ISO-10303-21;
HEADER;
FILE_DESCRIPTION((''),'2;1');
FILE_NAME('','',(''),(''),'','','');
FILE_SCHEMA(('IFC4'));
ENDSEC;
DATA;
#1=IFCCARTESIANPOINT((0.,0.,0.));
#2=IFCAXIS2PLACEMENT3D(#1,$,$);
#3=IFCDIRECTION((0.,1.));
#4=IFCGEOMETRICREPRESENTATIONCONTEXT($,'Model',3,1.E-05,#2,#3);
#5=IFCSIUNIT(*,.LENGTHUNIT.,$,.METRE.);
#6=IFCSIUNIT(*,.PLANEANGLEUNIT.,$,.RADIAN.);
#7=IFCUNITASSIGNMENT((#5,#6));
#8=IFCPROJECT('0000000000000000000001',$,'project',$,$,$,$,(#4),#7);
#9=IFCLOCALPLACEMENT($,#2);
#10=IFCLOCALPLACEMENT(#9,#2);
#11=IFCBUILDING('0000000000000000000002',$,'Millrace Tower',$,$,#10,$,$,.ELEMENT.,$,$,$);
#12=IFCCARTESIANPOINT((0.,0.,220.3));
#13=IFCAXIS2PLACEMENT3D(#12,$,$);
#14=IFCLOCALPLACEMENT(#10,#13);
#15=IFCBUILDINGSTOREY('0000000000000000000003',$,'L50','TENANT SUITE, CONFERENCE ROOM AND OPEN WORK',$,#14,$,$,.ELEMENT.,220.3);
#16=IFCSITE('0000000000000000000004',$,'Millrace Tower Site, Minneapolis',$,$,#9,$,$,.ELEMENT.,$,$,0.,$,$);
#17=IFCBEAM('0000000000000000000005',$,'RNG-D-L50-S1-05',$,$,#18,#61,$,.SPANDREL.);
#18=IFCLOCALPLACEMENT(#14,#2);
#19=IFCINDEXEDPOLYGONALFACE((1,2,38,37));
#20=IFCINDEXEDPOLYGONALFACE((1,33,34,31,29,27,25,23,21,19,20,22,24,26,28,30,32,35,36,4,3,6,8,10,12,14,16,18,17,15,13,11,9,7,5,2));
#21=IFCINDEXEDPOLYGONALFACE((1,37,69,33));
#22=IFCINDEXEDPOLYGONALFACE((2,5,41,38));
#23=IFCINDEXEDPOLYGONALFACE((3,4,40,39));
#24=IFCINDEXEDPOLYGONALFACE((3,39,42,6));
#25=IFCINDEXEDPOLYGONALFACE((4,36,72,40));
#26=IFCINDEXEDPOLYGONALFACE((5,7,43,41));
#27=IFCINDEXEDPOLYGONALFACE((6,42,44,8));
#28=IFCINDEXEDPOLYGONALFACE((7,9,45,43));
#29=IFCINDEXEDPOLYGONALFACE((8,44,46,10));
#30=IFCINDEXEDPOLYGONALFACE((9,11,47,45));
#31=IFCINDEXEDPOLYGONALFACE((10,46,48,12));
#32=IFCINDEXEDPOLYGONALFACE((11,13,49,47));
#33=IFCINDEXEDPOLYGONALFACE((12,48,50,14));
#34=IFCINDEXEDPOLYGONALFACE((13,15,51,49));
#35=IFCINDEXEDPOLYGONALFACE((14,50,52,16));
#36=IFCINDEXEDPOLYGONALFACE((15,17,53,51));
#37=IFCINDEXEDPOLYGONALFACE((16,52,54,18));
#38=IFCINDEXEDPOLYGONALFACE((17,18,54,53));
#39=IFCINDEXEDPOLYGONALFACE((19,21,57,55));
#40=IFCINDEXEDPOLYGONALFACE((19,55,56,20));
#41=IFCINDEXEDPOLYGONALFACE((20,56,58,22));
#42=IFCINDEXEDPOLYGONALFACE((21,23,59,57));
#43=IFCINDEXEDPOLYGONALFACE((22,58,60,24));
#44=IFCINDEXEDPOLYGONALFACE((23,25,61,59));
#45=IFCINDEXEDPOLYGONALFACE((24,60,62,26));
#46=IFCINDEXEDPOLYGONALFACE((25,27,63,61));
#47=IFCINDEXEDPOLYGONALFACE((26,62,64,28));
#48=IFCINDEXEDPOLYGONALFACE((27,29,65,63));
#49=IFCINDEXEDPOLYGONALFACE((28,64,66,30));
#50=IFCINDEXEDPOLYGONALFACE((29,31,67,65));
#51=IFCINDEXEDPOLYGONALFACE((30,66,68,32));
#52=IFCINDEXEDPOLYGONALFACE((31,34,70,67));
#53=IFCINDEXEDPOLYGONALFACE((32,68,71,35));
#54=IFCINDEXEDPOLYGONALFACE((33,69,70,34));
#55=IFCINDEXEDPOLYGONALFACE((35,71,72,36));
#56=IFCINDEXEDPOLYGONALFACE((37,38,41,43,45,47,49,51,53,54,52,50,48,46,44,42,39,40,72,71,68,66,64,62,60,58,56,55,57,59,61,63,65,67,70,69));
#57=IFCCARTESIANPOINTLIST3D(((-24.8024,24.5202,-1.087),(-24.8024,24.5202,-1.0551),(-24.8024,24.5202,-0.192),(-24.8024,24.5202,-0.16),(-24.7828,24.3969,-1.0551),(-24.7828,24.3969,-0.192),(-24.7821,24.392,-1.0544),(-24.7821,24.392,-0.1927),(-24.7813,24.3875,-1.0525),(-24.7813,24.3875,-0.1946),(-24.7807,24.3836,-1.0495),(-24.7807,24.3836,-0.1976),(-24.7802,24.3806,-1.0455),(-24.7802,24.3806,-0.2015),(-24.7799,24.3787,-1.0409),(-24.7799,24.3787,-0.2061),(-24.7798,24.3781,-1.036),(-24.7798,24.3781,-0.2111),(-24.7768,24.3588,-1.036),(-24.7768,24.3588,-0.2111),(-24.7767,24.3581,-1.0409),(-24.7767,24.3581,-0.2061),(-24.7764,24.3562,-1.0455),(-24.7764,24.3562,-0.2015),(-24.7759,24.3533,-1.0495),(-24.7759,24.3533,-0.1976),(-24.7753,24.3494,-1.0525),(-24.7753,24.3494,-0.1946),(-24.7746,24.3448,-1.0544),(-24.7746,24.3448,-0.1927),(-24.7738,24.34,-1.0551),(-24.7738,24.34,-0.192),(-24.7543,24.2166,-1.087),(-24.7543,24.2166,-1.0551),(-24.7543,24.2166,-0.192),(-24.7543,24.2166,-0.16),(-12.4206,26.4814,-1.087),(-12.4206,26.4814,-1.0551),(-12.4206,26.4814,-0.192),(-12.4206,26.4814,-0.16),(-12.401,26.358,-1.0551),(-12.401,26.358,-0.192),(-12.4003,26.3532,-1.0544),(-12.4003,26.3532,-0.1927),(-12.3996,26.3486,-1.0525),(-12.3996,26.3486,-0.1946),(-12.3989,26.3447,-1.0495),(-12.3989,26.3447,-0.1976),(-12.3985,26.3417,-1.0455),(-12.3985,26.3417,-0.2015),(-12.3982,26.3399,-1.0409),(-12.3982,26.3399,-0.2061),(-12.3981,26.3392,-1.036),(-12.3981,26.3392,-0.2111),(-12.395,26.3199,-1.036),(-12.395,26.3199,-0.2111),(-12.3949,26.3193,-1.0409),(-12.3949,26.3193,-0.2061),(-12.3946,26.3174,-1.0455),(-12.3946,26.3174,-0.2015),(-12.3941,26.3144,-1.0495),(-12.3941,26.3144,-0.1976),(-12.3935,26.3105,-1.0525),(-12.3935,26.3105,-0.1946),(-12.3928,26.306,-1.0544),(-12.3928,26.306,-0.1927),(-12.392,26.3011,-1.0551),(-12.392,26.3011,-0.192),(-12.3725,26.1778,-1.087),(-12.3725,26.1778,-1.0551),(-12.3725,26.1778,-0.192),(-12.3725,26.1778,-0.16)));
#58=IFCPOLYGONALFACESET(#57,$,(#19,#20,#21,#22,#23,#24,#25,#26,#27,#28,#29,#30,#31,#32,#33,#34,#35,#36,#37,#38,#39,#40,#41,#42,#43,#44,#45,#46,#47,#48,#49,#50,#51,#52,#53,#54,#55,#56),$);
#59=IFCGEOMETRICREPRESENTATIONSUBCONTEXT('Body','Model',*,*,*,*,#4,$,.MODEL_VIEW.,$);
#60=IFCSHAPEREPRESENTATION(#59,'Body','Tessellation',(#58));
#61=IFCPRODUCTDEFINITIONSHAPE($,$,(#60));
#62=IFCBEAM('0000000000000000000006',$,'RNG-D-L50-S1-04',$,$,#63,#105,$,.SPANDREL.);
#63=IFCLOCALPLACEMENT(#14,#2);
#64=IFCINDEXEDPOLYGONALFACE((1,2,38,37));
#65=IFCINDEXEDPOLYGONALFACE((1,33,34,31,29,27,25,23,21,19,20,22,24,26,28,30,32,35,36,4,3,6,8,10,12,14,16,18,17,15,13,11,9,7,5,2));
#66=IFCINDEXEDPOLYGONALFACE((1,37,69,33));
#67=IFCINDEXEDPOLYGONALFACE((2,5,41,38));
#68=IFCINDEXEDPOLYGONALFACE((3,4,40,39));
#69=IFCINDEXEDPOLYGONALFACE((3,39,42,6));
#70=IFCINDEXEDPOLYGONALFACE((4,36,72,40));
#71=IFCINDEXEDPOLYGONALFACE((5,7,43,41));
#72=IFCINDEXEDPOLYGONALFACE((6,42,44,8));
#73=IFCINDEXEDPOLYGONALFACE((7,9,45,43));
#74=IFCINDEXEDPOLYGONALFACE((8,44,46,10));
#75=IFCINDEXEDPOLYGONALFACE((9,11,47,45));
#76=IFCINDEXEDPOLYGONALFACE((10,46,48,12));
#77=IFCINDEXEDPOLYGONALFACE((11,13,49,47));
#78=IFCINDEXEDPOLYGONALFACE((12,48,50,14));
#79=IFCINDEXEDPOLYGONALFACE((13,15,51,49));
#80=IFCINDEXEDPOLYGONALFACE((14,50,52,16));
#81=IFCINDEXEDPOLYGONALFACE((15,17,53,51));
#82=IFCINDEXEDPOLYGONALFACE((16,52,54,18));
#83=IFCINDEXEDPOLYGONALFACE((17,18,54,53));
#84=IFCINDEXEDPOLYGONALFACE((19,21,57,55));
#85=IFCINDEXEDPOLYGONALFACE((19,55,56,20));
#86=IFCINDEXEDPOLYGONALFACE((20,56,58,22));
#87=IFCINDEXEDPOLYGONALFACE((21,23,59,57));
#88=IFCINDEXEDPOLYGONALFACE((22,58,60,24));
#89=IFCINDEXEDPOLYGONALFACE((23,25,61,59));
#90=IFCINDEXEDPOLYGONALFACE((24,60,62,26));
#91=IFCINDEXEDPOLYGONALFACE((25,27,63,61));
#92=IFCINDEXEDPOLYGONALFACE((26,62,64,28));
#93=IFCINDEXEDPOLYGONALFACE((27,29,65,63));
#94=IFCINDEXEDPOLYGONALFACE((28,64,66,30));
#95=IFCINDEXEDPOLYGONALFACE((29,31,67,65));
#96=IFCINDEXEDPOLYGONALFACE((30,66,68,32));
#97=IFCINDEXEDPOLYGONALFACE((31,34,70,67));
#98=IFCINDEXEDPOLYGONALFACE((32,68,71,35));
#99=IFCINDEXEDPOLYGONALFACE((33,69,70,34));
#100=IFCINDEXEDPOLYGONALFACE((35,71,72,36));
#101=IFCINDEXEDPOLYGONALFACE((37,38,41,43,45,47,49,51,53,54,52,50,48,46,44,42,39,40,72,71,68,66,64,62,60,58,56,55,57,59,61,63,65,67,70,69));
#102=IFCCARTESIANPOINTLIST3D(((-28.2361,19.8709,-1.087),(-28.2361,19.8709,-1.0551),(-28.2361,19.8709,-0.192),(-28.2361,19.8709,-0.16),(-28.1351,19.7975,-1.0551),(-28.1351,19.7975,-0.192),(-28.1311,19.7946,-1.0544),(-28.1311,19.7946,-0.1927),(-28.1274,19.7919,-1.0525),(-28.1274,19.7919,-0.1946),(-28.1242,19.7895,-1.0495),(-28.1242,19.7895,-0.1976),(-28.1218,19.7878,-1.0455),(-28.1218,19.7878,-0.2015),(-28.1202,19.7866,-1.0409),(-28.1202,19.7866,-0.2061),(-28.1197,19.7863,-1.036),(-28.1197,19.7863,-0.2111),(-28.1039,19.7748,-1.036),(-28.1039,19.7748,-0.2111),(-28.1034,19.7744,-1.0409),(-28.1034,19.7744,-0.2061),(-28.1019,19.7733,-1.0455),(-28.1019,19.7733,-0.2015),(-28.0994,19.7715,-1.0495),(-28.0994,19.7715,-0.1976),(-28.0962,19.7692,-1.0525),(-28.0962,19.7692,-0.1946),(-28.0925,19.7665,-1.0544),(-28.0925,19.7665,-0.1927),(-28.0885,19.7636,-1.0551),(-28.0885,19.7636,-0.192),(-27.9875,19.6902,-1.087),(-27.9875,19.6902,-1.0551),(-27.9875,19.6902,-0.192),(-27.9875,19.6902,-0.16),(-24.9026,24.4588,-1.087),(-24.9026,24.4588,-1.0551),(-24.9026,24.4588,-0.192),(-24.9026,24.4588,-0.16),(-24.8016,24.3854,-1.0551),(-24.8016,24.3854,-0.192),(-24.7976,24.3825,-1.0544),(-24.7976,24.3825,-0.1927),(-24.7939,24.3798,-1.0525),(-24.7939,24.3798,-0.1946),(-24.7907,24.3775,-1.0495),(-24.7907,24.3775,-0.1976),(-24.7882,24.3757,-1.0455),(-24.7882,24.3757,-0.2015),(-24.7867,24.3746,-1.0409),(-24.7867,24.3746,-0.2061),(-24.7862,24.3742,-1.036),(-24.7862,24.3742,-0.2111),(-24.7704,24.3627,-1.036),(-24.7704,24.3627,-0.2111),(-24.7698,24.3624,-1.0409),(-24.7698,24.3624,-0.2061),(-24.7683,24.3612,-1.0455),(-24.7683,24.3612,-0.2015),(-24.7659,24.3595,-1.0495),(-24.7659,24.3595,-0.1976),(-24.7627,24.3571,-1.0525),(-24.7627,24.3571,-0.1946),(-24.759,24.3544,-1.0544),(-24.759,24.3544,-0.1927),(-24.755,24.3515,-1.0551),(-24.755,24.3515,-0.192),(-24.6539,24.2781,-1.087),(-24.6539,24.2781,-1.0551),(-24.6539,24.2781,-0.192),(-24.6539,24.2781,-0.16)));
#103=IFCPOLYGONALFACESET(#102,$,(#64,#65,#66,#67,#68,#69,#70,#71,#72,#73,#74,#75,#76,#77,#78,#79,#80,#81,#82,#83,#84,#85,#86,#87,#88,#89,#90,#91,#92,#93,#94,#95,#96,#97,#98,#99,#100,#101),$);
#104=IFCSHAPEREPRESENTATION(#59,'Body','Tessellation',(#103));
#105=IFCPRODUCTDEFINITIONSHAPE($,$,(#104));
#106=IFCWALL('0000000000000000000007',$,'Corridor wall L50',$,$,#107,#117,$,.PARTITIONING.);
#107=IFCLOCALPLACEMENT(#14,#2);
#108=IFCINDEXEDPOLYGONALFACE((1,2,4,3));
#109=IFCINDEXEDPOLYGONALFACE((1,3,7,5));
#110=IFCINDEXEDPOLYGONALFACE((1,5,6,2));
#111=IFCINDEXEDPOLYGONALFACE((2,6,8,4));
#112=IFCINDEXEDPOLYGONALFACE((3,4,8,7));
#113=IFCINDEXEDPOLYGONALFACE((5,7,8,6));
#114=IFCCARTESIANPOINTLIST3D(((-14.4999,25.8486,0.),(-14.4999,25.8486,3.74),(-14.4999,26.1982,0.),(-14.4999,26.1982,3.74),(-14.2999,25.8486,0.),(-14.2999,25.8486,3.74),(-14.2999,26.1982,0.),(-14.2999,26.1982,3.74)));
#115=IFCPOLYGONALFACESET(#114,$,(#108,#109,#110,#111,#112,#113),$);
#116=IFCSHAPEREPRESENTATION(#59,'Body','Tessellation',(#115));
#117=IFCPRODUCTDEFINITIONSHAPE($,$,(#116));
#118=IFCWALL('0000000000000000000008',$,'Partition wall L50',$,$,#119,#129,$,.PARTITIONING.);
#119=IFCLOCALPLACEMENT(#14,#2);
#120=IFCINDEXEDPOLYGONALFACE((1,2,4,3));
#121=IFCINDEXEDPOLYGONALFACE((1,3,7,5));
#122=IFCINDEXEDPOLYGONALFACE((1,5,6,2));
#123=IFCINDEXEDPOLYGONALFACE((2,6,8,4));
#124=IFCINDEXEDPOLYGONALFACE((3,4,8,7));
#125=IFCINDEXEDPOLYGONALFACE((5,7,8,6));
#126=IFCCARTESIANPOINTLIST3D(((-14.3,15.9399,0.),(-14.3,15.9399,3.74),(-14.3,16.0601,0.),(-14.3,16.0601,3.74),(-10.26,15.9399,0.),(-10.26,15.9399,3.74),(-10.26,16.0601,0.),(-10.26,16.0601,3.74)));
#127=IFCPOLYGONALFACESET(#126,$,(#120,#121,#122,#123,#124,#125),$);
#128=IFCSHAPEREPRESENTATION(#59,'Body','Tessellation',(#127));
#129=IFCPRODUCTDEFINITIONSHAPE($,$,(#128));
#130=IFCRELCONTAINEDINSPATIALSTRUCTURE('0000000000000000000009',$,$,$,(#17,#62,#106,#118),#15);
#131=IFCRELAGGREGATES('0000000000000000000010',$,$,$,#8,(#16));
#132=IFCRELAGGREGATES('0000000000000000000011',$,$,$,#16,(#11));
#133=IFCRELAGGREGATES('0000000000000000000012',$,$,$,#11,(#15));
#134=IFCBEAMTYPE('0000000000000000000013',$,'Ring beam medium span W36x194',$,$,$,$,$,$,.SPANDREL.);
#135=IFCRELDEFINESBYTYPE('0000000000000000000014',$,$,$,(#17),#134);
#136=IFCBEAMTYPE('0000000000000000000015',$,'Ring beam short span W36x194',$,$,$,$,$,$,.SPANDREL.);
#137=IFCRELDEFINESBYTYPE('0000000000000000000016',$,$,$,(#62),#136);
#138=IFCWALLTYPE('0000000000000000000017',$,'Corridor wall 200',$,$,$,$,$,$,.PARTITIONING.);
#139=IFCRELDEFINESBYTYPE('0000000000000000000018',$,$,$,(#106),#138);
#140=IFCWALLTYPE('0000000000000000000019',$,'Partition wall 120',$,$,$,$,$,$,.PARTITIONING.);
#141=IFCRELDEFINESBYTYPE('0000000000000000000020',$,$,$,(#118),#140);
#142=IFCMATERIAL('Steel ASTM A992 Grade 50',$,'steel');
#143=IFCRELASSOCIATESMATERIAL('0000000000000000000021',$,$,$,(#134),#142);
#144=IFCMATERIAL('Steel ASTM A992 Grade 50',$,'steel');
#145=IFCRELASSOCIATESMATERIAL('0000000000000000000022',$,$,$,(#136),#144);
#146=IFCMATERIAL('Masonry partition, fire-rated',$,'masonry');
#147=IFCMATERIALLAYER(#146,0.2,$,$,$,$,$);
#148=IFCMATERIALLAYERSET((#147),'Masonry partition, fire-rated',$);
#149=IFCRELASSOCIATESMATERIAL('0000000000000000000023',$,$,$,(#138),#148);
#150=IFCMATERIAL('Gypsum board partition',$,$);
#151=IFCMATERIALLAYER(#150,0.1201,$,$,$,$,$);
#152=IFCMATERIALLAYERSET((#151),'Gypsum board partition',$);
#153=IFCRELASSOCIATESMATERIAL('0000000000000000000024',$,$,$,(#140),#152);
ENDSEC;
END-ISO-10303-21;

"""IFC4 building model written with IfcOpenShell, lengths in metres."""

from ifc_helpers import new_model, si_unit, direction, frame, frame_2d, origin, origin_2d, place, context, subcontext, project, spatial, rectangle, i_section, extrude, material, layer, layer_set, material_profile, profile_set, type_object, element, save


model = new_model("IFC4")

# Units and contexts
model_context = context("Model", 3, precision=1e-05, world=origin(), true_north=direction((0.0, 1.0)))
body_context = subcontext(model_context, "Body", "Model", "MODEL_VIEW")
ifc_project = project(units=[si_unit("LENGTHUNIT", "METRE"), si_unit("PLANEANGLEUNIT", "RADIAN")], contexts=[model_context])

# Site, building, storey
site_placement = place(None, origin())
site = spatial("IfcSite", under=ifc_project, at=site_placement, Name="Millrace Tower Site, Minneapolis", CompositionType="ELEMENT", RefElevation=0.0)
building_placement = place(site_placement, origin())
building = spatial("IfcBuilding", under=site, at=building_placement, Name="Millrace Tower", CompositionType="ELEMENT")
storey_placement = place(building_placement, frame((0.0, 0.0, 220.3)))
storey = spatial("IfcBuildingStorey", under=building, at=storey_placement, Name="L50", Description="TENANT SUITE, CONFERENCE ROOM AND OPEN WORK", CompositionType="ELEMENT", Elevation=220.3)

# Beams
ifc_material_1 = material(Name="Steel ASTM A992 Grade 50", Category="steel")
ifc_material_profile_1 = material_profile(ifc_material_1, i_section(OverallWidth=0.3074, OverallDepth=0.927, WebThickness=0.0195, FlangeThickness=0.032, FilletRadius=0.019, at=origin_2d()))
ifc_profile_set_1 = profile_set([ifc_material_profile_1], Name="Steel ASTM A992 Grade 50")
beam_type_1 = type_object("IfcBeamType", Name="Ring beam medium span W36x194", PredefinedType="SPANDREL", material=ifc_profile_set_1)
beam_1_placement = place(storey_placement, frame((-24.7783, 24.3684, -0.6235), z_axis=(0.987687, 0.156442, 0.0), x_axis=(-0.156442, 0.987687, 0.0)))
element("IfcBeam", 1, at=beam_1_placement, inside=storey, type_object=beam_type_1, Name="RNG-D-L50-S1-05", PredefinedType="SPANDREL", context=body_context, shape_type="SweptSolid", body=[
    extrude(i_section(OverallWidth=0.3074, OverallDepth=0.927, WebThickness=0.0195, FlangeThickness=0.032, FilletRadius=0.019, at=origin_2d()), origin(), (0.0, 0.0, 1.0), 12.5361),
])
ifc_material_2 = material(Name="Steel ASTM A992 Grade 50", Category="steel")
ifc_material_profile_2 = material_profile(ifc_material_2, i_section(OverallWidth=0.3074, OverallDepth=0.927, WebThickness=0.0195, FlangeThickness=0.032, FilletRadius=0.019, at=origin_2d()))
ifc_profile_set_2 = profile_set([ifc_material_profile_2], Name="Steel ASTM A992 Grade 50")
beam_type_2 = type_object("IfcBeamType", Name="Ring beam short span W36x194", PredefinedType="SPANDREL", material=ifc_profile_set_2)
beam_2_placement = place(storey_placement, frame((-28.1118, 19.7805, -0.6235), z_axis=(0.587808, 0.809, 0.0), x_axis=(-0.809, 0.587808, 0.0)))
element("IfcBeam", 2, at=beam_2_placement, inside=storey, type_object=beam_type_2, Name="RNG-D-L50-S1-04", PredefinedType="SPANDREL", context=body_context, shape_type="SweptSolid", body=[
    extrude(i_section(OverallWidth=0.3074, OverallDepth=0.927, WebThickness=0.0195, FlangeThickness=0.032, FilletRadius=0.019, at=origin_2d()), origin(), (0.0, 0.0, 1.0), 5.6711),
])

# Walls
ifc_material_3 = material(Name="Masonry partition, fire-rated", Category="masonry")
ifc_layer_1 = layer(ifc_material_3, 0.2)
ifc_layer_set_1 = layer_set([ifc_layer_1], Name="Masonry partition, fire-rated")
wall_type_1 = type_object("IfcWallType", Name="Corridor wall 200", PredefinedType="PARTITIONING", material=ifc_layer_set_1)
wall_1_placement = place(storey_placement, frame((-14.3999, 25.8486, 0.0), z_axis=(0.0, 0.0, 1.0), x_axis=(0.0, 1.0, 0.0)))
element("IfcWall", 3, at=wall_1_placement, inside=storey, type_object=wall_type_1, Name="Corridor wall L50", PredefinedType="PARTITIONING", context=body_context, shape_type="SweptSolid", body=[
    extrude(rectangle(XDim=0.3496, YDim=0.2, at=frame_2d((0.1748, 0.0))), origin(), (0.0, 0.0, 1.0), 3.74),
])
ifc_material_4 = material(Name="Gypsum board partition")
ifc_layer_2 = layer(ifc_material_4, 0.1201)
ifc_layer_set_2 = layer_set([ifc_layer_2], Name="Gypsum board partition")
wall_type_2 = type_object("IfcWallType", Name="Partition wall 120", PredefinedType="PARTITIONING", material=ifc_layer_set_2)
wall_2_placement = place(storey_placement, frame((-14.3, 16.0, 0.0), z_axis=(0.0, 0.0, 1.0), x_axis=(1.0, 0.0, 0.0)))
element("IfcWall", 4, at=wall_2_placement, inside=storey, type_object=wall_type_2, Name="Partition wall L50", PredefinedType="PARTITIONING", context=body_context, shape_type="SweptSolid", body=[
    extrude(rectangle(XDim=4.04, YDim=0.1201, at=frame_2d((2.02, 0.0))), origin(), (0.0, 0.0, 1.0), 3.74),
])

save(model, "model.ifc")
